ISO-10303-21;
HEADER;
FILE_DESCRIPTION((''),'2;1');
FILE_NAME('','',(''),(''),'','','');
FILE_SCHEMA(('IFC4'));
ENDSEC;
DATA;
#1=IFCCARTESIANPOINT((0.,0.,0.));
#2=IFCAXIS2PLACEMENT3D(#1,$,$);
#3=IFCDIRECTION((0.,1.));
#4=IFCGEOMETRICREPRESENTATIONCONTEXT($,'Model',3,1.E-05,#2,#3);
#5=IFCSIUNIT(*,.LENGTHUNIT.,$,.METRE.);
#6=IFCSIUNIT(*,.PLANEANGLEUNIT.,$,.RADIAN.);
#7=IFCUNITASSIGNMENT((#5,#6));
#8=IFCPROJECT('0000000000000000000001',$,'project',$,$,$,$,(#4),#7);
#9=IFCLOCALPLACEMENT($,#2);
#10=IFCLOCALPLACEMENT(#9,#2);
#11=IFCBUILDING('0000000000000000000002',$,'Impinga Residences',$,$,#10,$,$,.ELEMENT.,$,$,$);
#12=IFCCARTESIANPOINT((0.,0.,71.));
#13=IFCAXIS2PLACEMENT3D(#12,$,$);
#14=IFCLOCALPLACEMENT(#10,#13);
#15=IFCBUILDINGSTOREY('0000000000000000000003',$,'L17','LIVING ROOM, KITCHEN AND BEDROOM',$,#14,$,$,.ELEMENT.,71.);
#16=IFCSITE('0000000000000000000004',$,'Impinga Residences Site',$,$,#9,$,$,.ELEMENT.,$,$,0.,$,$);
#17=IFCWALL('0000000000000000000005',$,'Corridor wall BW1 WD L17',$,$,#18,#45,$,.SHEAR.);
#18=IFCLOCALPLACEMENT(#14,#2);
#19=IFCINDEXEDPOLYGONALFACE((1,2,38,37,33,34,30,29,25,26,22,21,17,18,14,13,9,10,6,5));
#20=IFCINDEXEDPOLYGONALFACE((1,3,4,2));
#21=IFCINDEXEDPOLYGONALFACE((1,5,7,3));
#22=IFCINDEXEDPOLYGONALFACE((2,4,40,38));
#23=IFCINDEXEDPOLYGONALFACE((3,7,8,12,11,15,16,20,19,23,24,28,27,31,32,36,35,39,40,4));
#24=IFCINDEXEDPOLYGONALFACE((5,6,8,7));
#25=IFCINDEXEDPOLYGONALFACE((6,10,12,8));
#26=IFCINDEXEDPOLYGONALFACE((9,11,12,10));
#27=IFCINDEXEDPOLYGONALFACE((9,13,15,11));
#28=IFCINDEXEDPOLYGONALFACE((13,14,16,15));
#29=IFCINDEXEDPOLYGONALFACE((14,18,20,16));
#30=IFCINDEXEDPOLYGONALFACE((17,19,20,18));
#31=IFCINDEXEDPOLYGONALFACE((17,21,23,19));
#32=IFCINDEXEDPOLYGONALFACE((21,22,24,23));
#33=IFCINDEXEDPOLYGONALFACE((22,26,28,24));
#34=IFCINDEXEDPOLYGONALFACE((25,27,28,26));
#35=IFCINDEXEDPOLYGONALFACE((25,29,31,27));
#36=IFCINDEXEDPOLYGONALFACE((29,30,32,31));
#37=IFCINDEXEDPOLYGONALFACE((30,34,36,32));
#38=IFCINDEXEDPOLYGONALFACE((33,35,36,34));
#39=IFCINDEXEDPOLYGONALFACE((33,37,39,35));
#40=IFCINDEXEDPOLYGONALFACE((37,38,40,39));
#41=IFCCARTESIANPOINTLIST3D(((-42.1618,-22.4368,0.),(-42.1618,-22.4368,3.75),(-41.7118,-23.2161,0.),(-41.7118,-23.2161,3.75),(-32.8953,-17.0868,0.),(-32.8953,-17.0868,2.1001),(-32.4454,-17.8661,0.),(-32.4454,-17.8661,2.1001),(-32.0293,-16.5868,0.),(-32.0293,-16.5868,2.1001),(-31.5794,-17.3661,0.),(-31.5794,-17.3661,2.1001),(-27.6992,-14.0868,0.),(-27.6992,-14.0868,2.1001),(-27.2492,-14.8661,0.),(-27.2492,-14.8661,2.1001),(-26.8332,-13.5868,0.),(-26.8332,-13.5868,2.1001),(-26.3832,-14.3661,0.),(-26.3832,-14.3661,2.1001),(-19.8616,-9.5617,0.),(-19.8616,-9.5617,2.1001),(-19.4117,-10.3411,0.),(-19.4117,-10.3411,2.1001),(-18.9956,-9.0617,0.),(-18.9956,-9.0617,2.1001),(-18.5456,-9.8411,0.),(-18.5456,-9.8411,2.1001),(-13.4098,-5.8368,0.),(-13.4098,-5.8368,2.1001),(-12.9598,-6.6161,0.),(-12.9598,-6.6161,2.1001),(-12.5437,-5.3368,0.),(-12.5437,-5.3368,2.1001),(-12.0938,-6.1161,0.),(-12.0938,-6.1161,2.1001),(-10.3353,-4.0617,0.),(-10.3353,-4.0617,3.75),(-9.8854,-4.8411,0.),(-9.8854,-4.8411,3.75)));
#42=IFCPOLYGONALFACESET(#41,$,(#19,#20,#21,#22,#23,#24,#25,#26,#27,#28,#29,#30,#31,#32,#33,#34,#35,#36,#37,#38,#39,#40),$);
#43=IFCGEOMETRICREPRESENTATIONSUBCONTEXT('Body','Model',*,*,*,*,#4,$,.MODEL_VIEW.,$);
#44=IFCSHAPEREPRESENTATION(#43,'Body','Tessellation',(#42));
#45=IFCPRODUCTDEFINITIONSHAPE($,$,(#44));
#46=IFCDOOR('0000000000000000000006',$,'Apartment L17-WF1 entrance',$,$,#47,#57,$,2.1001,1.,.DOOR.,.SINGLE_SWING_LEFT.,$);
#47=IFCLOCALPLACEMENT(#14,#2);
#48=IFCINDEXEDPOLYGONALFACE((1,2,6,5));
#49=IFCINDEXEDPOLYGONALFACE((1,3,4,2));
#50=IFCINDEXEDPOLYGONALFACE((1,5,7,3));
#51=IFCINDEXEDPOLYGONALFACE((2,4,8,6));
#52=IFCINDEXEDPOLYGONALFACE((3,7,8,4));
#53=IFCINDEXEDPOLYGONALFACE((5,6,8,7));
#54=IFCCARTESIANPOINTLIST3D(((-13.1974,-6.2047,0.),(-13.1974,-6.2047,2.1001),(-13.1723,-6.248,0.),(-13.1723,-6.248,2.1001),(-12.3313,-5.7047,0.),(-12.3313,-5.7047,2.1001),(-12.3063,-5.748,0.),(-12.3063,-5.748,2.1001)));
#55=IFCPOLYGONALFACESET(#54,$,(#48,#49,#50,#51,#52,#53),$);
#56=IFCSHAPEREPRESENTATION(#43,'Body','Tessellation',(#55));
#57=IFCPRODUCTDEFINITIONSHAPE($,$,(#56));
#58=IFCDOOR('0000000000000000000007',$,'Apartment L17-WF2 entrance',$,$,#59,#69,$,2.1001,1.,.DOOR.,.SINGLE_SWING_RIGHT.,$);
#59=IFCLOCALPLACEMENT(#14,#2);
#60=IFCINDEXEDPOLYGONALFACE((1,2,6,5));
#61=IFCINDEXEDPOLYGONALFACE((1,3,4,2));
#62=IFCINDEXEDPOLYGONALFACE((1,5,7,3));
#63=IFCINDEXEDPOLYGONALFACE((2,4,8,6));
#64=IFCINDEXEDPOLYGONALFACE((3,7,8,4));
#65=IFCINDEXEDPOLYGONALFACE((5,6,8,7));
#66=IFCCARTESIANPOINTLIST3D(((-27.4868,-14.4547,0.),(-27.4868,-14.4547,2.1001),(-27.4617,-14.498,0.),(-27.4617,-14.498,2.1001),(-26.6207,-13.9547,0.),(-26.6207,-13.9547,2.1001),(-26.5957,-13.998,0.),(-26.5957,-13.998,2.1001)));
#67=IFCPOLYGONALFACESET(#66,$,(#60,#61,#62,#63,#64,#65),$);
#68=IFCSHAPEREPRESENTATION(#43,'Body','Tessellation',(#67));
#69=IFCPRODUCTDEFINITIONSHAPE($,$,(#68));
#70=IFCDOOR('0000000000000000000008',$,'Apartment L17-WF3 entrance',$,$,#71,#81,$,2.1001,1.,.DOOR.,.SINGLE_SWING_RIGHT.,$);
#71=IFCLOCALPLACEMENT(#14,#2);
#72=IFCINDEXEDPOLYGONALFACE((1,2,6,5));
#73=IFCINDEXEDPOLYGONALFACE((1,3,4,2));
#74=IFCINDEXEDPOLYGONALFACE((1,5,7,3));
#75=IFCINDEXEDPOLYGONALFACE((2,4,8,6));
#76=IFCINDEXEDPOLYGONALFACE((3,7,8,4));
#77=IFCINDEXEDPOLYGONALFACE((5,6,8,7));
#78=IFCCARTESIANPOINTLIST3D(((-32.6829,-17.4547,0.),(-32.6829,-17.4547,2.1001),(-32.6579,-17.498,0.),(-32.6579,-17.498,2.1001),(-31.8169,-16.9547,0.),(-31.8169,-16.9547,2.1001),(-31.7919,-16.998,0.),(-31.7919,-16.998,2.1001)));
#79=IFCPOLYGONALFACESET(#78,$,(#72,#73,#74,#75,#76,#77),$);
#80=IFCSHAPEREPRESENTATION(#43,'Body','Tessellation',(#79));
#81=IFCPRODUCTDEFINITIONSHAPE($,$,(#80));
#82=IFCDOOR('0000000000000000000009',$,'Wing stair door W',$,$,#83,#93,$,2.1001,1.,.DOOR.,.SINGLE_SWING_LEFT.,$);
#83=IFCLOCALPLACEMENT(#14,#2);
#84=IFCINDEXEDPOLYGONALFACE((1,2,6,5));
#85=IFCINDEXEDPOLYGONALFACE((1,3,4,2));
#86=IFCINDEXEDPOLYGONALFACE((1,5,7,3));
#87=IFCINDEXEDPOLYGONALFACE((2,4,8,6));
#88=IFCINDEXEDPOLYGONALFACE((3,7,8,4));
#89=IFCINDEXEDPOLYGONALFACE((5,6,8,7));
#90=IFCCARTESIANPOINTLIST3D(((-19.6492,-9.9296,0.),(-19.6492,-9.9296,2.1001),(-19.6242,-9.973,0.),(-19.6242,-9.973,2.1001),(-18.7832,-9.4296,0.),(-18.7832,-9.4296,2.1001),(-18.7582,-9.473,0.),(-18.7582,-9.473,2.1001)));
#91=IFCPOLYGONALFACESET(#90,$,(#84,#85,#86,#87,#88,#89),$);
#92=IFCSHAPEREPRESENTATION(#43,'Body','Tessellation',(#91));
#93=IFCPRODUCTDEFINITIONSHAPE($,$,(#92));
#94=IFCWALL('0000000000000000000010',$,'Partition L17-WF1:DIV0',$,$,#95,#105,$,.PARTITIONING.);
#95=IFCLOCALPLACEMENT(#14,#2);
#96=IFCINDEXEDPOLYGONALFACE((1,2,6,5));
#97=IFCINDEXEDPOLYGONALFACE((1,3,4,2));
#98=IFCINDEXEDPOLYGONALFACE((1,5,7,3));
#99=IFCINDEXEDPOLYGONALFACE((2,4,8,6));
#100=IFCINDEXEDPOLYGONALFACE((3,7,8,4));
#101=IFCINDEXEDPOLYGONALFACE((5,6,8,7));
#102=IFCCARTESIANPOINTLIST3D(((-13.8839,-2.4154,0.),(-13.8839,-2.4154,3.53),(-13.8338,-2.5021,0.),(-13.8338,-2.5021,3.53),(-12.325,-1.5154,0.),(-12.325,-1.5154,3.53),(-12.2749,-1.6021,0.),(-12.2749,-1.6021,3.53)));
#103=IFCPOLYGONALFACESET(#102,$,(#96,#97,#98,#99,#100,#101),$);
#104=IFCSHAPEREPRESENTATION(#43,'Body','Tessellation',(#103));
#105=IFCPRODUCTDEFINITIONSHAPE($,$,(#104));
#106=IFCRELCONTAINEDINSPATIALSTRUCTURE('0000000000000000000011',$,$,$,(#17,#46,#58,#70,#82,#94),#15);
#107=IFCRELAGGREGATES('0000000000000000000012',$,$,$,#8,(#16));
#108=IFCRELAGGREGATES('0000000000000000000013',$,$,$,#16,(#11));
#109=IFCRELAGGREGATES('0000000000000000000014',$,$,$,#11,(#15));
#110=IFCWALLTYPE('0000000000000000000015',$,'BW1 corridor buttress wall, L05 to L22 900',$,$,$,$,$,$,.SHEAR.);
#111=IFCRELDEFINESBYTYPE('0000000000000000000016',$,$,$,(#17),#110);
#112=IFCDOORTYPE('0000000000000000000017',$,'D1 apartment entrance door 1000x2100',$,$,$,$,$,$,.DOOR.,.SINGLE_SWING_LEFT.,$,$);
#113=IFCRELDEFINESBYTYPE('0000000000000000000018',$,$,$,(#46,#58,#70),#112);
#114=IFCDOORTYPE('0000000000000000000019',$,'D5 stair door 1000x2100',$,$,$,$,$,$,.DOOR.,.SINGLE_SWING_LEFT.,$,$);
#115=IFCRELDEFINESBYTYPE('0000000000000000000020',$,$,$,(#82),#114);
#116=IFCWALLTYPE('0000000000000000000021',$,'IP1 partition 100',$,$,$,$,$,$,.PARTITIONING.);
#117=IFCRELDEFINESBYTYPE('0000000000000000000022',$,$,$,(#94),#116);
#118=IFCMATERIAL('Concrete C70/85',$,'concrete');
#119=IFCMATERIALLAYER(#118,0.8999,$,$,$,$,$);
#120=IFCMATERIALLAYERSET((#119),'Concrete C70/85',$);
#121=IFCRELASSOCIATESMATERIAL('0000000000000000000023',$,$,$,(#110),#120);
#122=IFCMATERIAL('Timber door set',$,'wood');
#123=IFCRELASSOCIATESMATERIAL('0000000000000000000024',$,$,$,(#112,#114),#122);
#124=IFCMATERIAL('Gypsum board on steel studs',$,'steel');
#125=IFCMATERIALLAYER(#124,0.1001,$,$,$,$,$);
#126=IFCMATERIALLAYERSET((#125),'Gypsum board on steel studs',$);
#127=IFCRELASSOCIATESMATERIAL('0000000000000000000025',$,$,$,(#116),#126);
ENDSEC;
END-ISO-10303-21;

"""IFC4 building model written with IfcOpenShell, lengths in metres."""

from ifc_helpers import new_model, si_unit, direction, frame, frame_2d, origin, place, context, subcontext, project, spatial, rectangle, extrude, material, layer, layer_set, type_object, element, fill, save


model = new_model("IFC4")

# Units and contexts
model_context = context("Model", 3, precision=1e-05, world=origin(), true_north=direction((0.0, 1.0)))
body_context = subcontext(model_context, "Body", "Model", "MODEL_VIEW")
ifc_project = project(units=[si_unit("LENGTHUNIT", "METRE"), si_unit("PLANEANGLEUNIT", "RADIAN")], contexts=[model_context])

# Site, building, storey
site_placement = place(None, origin())
site = spatial("IfcSite", under=ifc_project, at=site_placement, Name="Impinga Residences Site", CompositionType="ELEMENT", RefElevation=0.0)
building_placement = place(site_placement, origin())
building = spatial("IfcBuilding", under=site, at=building_placement, Name="Impinga Residences", CompositionType="ELEMENT")
storey_placement = place(building_placement, frame((0.0, 0.0, 71.0)))
storey = spatial("IfcBuildingStorey", under=building, at=storey_placement, Name="L17", Description="LIVING ROOM, KITCHEN AND BEDROOM", CompositionType="ELEMENT", Elevation=71.0)

# Wall, openings, doors
ifc_material_1 = material(Name="Concrete C70/85", Category="concrete")
ifc_layer_1 = layer(ifc_material_1, 0.8999)
ifc_layer_set_1 = layer_set([ifc_layer_1], Name="Concrete C70/85")
wall_type_1 = type_object("IfcWallType", Name="BW1 corridor buttress wall, L05 to L22 900", PredefinedType="SHEAR", material=ifc_layer_set_1)
wall_1_placement = place(storey_placement, frame((-10.1104, -4.4514, 0.0), z_axis=(0.0, 0.0, 1.0), x_axis=(-0.866025, -0.5, 0.0)))
wall_1 = element("IfcWall", 1, at=wall_1_placement, inside=storey, type_object=wall_type_1, Name="Corridor wall BW1 WD L17", PredefinedType="SHEAR", context=body_context, shape_type="SweptSolid", body=[
    extrude(rectangle(XDim=36.75, YDim=0.8999, at=frame_2d((18.375, 0.0))), origin(), (0.0, 0.0, 1.0), 3.75),
])
opening_1_placement = place(wall_1_placement, frame((10.0, 0.0, 0.0)))
opening_1 = element("IfcOpeningElement", 2, at=opening_1_placement, cuts=wall_1, PredefinedType="OPENING", context=body_context, shape_type="SweptSolid", body=[
    extrude(rectangle(XDim=1.0, YDim=2.1001, at=frame_2d((0.5, 1.05))), frame((0.0, 0.46, 0.0), z_axis=(0.0, -1.0, 0.0), x_axis=(1.0, 0.0, 0.0)), (0.0, 0.0, 1.0), 0.9199),
])
opening_2_placement = place(wall_1_placement, frame((2.55, 0.0, 0.0)))
opening_2 = element("IfcOpeningElement", 3, at=opening_2_placement, cuts=wall_1, PredefinedType="OPENING", context=body_context, shape_type="SweptSolid", body=[
    extrude(rectangle(XDim=1.0, YDim=2.1001, at=frame_2d((0.5, 1.05))), frame((0.0, 0.46, 0.0), z_axis=(0.0, -1.0, 0.0), x_axis=(1.0, 0.0, 0.0)), (0.0, 0.0, 1.0), 0.9199),
])
opening_3_placement = place(wall_1_placement, frame((19.05, 0.0, 0.0)))
opening_3 = element("IfcOpeningElement", 4, at=opening_3_placement, cuts=wall_1, PredefinedType="OPENING", context=body_context, shape_type="SweptSolid", body=[
    extrude(rectangle(XDim=1.0, YDim=2.1001, at=frame_2d((0.5, 1.05))), frame((0.0, 0.46, 0.0), z_axis=(0.0, -1.0, 0.0), x_axis=(1.0, 0.0, 0.0)), (0.0, 0.0, 1.0), 0.9199),
])
opening_4_placement = place(wall_1_placement, frame((25.05, 0.0, 0.0)))
opening_4 = element("IfcOpeningElement", 5, at=opening_4_placement, cuts=wall_1, PredefinedType="OPENING", context=body_context, shape_type="SweptSolid", body=[
    extrude(rectangle(XDim=1.0, YDim=2.1001, at=frame_2d((0.5, 1.05))), frame((0.0, 0.46, 0.0), z_axis=(0.0, -1.0, 0.0), x_axis=(1.0, 0.0, 0.0)), (0.0, 0.0, 1.0), 0.9199),
])
ifc_material_2 = material(Name="Timber door set", Category="wood")
door_type_1 = type_object("IfcDoorType", Name="D1 apartment entrance door 1000x2100", OperationType="SINGLE_SWING_LEFT", PredefinedType="DOOR", material=ifc_material_2)
door_1_placement = place(opening_2_placement, origin())
door_1 = element("IfcDoor", 6, at=door_1_placement, inside=storey, type_object=door_type_1, Name="Apartment L17-WF1 entrance", OperationType="SINGLE_SWING_LEFT", OverallHeight=2.1001, OverallWidth=1.0, PredefinedType="DOOR", context=body_context, shape_type="SweptSolid", body=[
    extrude(rectangle(XDim=1.0, YDim=2.1001, at=frame_2d((0.5, 1.05))), frame((0.0, 0.0249, 0.0), z_axis=(0.0, -1.0, 0.0), x_axis=(1.0, 0.0, 0.0)), (0.0, 0.0, 1.0), 0.05),
])
fill(opening_2, door_1)
door_2_placement = place(opening_3_placement, origin())
door_2 = element("IfcDoor", 7, at=door_2_placement, inside=storey, type_object=door_type_1, Name="Apartment L17-WF2 entrance", OperationType="SINGLE_SWING_RIGHT", OverallHeight=2.1001, OverallWidth=1.0, PredefinedType="DOOR", context=body_context, shape_type="SweptSolid", body=[
    extrude(rectangle(XDim=1.0, YDim=2.1001, at=frame_2d((0.5, 1.05))), frame((0.0, 0.0249, 0.0), z_axis=(0.0, -1.0, 0.0), x_axis=(1.0, 0.0, 0.0)), (0.0, 0.0, 1.0), 0.05),
])
fill(opening_3, door_2)
door_3_placement = place(opening_4_placement, origin())
door_3 = element("IfcDoor", 8, at=door_3_placement, inside=storey, type_object=door_type_1, Name="Apartment L17-WF3 entrance", OperationType="SINGLE_SWING_RIGHT", OverallHeight=2.1001, OverallWidth=1.0, PredefinedType="DOOR", context=body_context, shape_type="SweptSolid", body=[
    extrude(rectangle(XDim=1.0, YDim=2.1001, at=frame_2d((0.5, 1.05))), frame((0.0, 0.0249, 0.0), z_axis=(0.0, -1.0, 0.0), x_axis=(1.0, 0.0, 0.0)), (0.0, 0.0, 1.0), 0.05),
])
fill(opening_4, door_3)
door_type_2 = type_object("IfcDoorType", Name="D5 stair door 1000x2100", OperationType="SINGLE_SWING_LEFT", PredefinedType="DOOR", material=ifc_material_2)
door_4_placement = place(opening_1_placement, origin())
door_4 = element("IfcDoor", 9, at=door_4_placement, inside=storey, type_object=door_type_2, Name="Wing stair door W", OperationType="SINGLE_SWING_LEFT", OverallHeight=2.1001, OverallWidth=1.0, PredefinedType="DOOR", context=body_context, shape_type="SweptSolid", body=[
    extrude(rectangle(XDim=1.0, YDim=2.1001, at=frame_2d((0.5, 1.05))), frame((0.0, 0.0249, 0.0), z_axis=(0.0, -1.0, 0.0), x_axis=(1.0, 0.0, 0.0)), (0.0, 0.0, 1.0), 0.05),
])
fill(opening_1, door_4)

# Wall
ifc_material_3 = material(Name="Gypsum board on steel studs", Category="steel")
ifc_layer_2 = layer(ifc_material_3, 0.1001)
ifc_layer_set_2 = layer_set([ifc_layer_2], Name="Gypsum board on steel studs")
wall_type_2 = type_object("IfcWallType", Name="IP1 partition 100", PredefinedType="PARTITIONING", material=ifc_layer_set_2)
wall_2_placement = place(storey_placement, frame((-12.3, -1.5588, 0.0), z_axis=(0.0, 0.0, 1.0), x_axis=(-0.866048, -0.499961, 0.0)))
element("IfcWall", 10, at=wall_2_placement, inside=storey, type_object=wall_type_2, Name="Partition L17-WF1:DIV0", PredefinedType="PARTITIONING", context=body_context, shape_type="SweptSolid", body=[
    extrude(rectangle(XDim=1.8, YDim=0.1001, at=frame_2d((0.8999, 0.0))), origin(), (0.0, 0.0, 1.0), 3.53),
])

save(model, "model.ifc")
